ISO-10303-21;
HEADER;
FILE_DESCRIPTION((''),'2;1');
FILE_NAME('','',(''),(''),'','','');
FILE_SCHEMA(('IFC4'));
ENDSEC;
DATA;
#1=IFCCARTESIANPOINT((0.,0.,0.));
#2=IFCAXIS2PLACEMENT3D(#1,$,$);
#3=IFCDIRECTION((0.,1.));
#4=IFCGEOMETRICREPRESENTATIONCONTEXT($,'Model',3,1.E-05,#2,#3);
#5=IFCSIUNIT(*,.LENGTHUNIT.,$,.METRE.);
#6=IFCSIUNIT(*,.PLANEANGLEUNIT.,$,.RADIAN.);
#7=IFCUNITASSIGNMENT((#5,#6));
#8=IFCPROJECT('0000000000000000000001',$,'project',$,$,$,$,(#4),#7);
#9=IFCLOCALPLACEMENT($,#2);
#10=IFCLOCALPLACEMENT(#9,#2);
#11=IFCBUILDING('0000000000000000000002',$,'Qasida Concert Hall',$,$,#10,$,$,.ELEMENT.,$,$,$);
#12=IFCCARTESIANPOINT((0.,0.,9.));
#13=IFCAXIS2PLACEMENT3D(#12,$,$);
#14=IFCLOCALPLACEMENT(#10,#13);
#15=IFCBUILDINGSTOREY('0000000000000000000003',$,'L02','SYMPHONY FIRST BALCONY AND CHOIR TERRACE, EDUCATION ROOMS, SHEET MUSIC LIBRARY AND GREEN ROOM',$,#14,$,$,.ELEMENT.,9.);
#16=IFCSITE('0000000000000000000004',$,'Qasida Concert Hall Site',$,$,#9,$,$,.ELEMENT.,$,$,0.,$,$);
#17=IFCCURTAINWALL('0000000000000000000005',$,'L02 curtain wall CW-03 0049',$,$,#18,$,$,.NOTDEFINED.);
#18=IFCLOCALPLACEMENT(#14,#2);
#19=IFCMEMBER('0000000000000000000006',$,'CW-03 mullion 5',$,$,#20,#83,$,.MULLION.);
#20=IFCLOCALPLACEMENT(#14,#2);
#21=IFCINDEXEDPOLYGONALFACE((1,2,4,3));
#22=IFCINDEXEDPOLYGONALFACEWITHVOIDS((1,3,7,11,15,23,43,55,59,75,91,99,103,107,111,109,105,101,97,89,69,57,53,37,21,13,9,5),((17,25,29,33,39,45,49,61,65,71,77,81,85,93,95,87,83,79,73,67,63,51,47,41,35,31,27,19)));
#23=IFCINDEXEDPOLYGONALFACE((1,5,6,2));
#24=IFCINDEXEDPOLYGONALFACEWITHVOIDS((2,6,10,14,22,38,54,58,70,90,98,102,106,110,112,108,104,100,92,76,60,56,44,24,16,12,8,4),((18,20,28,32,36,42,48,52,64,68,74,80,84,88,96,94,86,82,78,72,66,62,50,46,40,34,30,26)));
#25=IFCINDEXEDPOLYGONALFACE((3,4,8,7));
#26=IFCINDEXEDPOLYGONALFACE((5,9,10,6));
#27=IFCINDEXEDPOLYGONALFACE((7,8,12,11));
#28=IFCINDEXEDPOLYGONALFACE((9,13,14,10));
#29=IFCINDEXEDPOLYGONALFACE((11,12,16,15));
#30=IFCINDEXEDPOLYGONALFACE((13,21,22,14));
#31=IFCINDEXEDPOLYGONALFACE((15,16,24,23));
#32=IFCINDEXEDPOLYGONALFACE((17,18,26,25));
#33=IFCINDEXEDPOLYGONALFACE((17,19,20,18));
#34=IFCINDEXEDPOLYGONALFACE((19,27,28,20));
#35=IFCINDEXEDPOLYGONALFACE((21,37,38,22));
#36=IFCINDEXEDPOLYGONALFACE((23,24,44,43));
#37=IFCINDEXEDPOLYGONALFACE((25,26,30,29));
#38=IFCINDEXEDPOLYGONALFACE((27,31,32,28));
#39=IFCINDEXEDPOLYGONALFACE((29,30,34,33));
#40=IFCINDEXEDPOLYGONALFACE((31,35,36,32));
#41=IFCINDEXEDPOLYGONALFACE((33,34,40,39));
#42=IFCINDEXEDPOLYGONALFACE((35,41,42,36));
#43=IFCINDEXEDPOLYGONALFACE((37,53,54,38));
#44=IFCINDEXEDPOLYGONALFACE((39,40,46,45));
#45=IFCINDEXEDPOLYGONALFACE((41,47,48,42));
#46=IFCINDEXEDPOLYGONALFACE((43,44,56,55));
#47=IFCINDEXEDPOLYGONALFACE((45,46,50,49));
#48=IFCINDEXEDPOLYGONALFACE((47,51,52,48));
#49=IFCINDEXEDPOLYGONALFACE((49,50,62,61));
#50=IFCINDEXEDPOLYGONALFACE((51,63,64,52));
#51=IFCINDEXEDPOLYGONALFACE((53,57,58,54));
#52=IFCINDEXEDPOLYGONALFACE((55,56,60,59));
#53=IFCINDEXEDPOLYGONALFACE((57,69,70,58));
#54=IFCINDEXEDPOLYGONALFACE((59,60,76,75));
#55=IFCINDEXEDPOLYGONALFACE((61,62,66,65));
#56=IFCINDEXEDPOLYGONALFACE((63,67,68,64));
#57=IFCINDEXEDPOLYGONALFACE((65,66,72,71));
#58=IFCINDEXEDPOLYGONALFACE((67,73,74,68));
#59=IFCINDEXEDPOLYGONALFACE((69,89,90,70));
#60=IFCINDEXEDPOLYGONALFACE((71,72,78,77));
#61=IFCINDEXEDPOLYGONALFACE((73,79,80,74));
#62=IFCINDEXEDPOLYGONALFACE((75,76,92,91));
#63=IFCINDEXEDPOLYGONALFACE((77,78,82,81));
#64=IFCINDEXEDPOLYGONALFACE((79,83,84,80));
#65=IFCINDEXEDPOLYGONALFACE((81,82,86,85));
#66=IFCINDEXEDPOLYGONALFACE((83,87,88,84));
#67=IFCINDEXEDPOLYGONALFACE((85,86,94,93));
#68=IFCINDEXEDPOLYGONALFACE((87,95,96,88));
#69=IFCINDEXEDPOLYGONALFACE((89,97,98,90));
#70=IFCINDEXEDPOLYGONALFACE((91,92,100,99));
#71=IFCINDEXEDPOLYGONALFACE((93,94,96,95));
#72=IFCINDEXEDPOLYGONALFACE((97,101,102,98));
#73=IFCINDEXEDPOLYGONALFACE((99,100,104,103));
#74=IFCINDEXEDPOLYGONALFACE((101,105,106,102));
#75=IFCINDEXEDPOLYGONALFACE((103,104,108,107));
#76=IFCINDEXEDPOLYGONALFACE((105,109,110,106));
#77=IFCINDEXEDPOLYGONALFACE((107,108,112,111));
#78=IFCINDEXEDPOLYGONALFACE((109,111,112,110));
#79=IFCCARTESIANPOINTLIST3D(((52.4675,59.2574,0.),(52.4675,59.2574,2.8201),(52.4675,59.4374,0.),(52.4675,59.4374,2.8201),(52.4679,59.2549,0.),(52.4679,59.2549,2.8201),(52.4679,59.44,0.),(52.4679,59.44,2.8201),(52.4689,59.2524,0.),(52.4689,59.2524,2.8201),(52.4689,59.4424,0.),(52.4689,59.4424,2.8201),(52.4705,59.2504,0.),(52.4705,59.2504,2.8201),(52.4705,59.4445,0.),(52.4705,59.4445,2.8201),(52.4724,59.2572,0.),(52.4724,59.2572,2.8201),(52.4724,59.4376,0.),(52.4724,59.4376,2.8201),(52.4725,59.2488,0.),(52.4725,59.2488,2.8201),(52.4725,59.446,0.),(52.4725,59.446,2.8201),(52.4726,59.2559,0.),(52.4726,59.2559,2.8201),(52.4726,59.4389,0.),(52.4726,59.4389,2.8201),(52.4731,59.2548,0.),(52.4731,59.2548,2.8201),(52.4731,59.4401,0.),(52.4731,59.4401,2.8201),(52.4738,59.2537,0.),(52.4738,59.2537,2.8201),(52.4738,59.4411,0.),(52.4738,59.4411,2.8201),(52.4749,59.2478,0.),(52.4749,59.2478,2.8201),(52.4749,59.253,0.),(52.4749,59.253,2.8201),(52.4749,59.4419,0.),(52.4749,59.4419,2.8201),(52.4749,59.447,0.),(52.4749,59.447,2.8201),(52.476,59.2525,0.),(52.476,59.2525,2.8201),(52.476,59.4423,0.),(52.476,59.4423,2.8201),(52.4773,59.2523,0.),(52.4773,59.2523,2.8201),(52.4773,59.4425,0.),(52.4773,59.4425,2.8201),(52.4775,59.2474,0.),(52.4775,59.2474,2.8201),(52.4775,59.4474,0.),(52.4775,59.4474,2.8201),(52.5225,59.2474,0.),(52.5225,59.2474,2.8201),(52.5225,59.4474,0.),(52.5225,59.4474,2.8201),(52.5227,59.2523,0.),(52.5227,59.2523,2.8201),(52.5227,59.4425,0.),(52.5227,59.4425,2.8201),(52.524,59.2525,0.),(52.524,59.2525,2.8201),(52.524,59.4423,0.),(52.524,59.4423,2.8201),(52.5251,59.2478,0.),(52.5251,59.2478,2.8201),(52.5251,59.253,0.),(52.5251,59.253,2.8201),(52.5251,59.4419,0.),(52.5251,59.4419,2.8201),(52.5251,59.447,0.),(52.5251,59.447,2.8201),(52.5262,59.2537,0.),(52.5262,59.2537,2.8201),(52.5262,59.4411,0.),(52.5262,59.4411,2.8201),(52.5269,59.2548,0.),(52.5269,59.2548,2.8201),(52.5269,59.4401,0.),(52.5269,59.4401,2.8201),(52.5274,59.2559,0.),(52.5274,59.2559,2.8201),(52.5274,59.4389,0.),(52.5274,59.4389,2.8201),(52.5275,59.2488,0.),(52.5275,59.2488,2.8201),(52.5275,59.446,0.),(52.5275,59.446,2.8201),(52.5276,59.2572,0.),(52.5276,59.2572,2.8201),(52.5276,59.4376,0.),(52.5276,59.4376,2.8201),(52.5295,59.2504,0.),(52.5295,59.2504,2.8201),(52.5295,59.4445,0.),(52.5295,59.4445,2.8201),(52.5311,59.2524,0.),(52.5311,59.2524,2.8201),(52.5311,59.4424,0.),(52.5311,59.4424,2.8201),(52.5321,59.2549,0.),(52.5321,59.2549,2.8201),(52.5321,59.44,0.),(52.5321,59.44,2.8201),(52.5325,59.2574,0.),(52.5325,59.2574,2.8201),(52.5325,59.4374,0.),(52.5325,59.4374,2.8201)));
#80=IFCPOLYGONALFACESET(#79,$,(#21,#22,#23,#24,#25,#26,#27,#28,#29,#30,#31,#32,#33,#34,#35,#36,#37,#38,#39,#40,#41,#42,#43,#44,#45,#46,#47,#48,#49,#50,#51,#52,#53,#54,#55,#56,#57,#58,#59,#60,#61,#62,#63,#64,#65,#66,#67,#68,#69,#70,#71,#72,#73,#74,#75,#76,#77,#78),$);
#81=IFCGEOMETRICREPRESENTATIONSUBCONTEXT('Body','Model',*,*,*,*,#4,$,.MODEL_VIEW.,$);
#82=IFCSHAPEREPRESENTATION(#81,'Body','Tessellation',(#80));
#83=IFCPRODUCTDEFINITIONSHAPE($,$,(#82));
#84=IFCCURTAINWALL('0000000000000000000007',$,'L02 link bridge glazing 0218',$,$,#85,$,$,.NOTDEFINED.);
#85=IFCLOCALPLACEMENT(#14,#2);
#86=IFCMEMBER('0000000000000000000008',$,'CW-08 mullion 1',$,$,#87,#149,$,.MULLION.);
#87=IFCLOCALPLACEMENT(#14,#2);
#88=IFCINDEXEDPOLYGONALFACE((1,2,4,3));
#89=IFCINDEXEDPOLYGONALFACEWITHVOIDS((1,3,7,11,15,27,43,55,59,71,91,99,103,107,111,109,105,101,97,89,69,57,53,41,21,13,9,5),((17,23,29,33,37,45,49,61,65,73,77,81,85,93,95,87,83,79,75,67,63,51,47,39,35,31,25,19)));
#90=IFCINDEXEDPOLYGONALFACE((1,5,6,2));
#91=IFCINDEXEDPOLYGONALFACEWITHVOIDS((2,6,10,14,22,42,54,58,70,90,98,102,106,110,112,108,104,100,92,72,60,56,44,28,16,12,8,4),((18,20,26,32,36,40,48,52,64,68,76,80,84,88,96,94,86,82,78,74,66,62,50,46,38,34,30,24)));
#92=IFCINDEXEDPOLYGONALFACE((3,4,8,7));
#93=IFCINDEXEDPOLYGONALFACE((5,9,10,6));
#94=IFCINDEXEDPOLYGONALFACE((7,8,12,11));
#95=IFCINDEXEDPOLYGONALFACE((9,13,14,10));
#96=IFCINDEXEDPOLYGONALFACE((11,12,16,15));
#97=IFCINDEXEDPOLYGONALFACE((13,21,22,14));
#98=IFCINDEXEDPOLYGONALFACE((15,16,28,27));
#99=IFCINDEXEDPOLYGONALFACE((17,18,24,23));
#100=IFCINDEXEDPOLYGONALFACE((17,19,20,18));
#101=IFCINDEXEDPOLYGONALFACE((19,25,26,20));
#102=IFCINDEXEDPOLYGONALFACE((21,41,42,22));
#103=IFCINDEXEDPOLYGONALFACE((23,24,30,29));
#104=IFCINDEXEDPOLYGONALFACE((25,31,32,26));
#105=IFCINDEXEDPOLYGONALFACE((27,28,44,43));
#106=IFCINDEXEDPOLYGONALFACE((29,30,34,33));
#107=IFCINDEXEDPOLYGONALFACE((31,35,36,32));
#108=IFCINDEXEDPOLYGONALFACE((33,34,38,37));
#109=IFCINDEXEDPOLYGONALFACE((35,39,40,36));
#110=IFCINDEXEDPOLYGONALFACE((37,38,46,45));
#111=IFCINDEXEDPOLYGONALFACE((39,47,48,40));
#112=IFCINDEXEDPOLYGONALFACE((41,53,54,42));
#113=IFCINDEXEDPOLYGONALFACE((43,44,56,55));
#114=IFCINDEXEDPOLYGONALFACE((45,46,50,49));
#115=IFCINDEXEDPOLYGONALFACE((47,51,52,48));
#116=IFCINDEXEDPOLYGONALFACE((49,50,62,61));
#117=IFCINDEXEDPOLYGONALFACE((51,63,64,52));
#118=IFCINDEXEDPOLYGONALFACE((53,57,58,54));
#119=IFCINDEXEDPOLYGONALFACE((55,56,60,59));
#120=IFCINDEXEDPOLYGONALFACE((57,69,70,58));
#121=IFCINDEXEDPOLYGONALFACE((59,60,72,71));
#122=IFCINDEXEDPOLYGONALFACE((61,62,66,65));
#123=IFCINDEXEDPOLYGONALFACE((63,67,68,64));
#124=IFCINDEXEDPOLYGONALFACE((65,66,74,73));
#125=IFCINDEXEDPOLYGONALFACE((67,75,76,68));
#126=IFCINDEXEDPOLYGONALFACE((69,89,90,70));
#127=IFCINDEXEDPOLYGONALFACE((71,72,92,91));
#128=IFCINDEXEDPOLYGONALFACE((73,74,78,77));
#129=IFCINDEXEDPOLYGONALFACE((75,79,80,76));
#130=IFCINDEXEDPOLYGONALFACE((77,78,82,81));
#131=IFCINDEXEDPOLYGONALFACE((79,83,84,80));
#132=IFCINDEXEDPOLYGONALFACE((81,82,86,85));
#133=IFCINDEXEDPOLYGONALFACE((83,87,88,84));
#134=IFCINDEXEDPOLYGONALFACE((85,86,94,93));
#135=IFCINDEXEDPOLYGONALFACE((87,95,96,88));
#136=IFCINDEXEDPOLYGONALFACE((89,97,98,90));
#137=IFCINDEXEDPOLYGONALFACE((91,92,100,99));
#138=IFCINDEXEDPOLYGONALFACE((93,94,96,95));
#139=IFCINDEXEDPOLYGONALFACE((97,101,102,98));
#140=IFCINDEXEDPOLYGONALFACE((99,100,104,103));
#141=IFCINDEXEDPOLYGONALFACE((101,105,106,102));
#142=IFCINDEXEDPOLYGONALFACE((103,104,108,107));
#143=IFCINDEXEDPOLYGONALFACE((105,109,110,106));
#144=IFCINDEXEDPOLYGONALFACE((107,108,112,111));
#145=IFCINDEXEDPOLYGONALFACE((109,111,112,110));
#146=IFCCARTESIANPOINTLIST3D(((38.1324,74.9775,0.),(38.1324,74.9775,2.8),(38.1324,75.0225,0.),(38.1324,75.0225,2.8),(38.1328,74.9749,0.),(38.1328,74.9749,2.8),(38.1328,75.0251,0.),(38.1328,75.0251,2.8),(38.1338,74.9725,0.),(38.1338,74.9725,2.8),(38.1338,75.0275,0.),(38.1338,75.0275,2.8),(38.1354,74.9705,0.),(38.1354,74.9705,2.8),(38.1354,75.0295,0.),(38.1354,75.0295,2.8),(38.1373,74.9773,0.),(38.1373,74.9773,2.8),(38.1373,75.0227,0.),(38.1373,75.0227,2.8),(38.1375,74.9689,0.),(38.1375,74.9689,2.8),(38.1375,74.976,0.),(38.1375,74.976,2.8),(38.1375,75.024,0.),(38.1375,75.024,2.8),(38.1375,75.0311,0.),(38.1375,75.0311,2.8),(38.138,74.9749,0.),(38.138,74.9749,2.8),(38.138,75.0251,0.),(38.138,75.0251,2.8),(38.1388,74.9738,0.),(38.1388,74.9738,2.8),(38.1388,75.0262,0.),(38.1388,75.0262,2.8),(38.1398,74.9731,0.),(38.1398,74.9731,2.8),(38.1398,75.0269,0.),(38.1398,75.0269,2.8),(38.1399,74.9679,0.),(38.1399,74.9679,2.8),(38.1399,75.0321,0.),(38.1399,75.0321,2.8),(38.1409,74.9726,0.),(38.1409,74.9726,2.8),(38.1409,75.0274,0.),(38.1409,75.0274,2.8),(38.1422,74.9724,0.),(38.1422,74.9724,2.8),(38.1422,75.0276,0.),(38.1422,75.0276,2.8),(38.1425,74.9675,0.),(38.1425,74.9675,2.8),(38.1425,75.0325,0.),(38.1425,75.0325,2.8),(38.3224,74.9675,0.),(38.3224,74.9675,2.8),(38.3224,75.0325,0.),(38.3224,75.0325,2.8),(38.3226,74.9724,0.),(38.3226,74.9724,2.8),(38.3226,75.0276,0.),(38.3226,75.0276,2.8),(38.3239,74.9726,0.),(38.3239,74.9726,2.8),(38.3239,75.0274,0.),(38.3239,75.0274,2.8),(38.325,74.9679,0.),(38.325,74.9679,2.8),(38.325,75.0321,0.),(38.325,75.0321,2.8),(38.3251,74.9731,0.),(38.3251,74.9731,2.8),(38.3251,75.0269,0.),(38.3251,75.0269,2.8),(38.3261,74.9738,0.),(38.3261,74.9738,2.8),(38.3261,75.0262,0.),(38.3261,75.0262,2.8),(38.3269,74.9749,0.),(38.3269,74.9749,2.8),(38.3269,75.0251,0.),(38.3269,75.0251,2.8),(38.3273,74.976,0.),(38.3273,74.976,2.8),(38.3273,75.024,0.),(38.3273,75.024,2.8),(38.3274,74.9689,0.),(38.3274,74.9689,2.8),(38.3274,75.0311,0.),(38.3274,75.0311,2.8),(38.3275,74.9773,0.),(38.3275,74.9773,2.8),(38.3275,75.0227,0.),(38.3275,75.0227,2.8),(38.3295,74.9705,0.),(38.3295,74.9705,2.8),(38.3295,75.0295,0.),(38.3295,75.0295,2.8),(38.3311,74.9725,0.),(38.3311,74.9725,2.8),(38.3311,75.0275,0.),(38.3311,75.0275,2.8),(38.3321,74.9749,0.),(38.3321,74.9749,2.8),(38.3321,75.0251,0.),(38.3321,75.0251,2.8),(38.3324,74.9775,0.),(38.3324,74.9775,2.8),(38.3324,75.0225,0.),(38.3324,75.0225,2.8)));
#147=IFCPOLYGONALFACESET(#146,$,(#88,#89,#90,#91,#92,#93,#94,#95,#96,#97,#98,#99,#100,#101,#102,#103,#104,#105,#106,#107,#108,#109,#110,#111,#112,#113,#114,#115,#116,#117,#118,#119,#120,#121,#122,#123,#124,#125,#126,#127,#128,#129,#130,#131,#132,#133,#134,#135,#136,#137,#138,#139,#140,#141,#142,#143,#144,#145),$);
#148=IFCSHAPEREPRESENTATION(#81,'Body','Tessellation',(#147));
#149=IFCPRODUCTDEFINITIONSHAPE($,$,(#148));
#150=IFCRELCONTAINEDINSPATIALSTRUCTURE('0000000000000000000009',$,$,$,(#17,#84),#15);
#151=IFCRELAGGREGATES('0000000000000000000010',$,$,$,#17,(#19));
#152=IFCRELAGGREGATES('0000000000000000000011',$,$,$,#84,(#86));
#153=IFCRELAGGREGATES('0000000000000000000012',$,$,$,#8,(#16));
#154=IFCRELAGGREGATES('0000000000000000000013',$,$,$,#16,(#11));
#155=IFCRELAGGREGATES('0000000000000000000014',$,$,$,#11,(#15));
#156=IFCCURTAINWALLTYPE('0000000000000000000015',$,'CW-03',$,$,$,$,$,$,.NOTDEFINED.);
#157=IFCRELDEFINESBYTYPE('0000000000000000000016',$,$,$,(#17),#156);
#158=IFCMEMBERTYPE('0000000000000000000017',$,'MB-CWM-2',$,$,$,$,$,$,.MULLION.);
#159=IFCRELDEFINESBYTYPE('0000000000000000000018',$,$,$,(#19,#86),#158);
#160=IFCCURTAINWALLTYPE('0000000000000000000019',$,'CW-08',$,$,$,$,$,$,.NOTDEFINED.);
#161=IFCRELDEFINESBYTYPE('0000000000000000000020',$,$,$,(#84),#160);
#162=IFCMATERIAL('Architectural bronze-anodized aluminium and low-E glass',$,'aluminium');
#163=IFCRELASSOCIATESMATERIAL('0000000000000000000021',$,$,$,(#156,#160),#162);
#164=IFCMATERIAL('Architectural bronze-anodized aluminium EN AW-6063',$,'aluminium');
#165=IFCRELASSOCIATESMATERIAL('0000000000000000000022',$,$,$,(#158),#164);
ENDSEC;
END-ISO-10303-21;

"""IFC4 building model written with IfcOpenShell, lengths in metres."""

from ifc_helpers import new_model, si_unit, direction, frame, origin, origin_2d, place, context, subcontext, project, spatial, hollow_rectangle, extrude, material, material_profile, profile_set, type_object, element, aggregate, save


model = new_model("IFC4")

# Units and contexts
model_context = context("Model", 3, precision=1e-05, world=origin(), true_north=direction((0.0, 1.0)))
body_context = subcontext(model_context, "Body", "Model", "MODEL_VIEW")
ifc_project = project(units=[si_unit("LENGTHUNIT", "METRE"), si_unit("PLANEANGLEUNIT", "RADIAN")], contexts=[model_context])

# Site, building, storey
site_placement = place(None, origin())
site = spatial("IfcSite", under=ifc_project, at=site_placement, Name="Qasida Concert Hall Site", CompositionType="ELEMENT", RefElevation=0.0)
building_placement = place(site_placement, origin())
building = spatial("IfcBuilding", under=site, at=building_placement, Name="Qasida Concert Hall", CompositionType="ELEMENT")
storey_placement = place(building_placement, frame((0.0, 0.0, 9.0)))
storey = spatial("IfcBuildingStorey", under=building, at=storey_placement, Name="L02", Description="SYMPHONY FIRST BALCONY AND CHOIR TERRACE, EDUCATION ROOMS, SHEET MUSIC LIBRARY AND GREEN ROOM", CompositionType="ELEMENT", Elevation=9.0)

# Curtain wall, member
ifc_material_1 = material(Name="Architectural bronze-anodized aluminium and low-E glass", Category="aluminium")
curtain_wall_type_1 = type_object("IfcCurtainWallType", Name="CW-03", PredefinedType="NOTDEFINED", material=ifc_material_1)
curtain_wall_1_placement = place(storey_placement, origin())
curtain_wall_1 = element("IfcCurtainWall", 1, at=curtain_wall_1_placement, inside=storey, type_object=curtain_wall_type_1, Name="L02 curtain wall CW-03 0049", PredefinedType="NOTDEFINED")
ifc_material_2 = material(Name="Architectural bronze-anodized aluminium EN AW-6063", Category="aluminium")
ifc_material_profile_1 = material_profile(ifc_material_2, hollow_rectangle(XDim=0.0649, YDim=0.2, WallThickness=0.0049, InnerFilletRadius=0.0049, OuterFilletRadius=0.01, at=origin_2d()), Name="CWM 200x65x5")
ifc_profile_set_1 = profile_set([ifc_material_profile_1], Name="Architectural bronze-anodized aluminium EN AW-6063")
member_type_1 = type_object("IfcMemberType", Name="MB-CWM-2", PredefinedType="MULLION", material=ifc_profile_set_1)
member_1_placement = place(storey_placement, frame((52.5, 59.3474, 0.0), z_axis=(0.0, 0.0, 1.0), x_axis=(-1.0, 0.0, 0.0)))
member_1 = element("IfcMember", 2, at=member_1_placement, type_object=member_type_1, Name="CW-03 mullion 5", PredefinedType="MULLION", context=body_context, shape_type="SweptSolid", body=[
    extrude(hollow_rectangle(XDim=0.0649, YDim=0.2, WallThickness=0.0049, InnerFilletRadius=0.0049, OuterFilletRadius=0.01, at=origin_2d()), origin(), (0.0, 0.0, 1.0), 2.8201),
])

# Curtain wall, member
curtain_wall_type_2 = type_object("IfcCurtainWallType", Name="CW-08", PredefinedType="NOTDEFINED", material=ifc_material_1)
curtain_wall_2_placement = place(storey_placement, origin())
curtain_wall_2 = element("IfcCurtainWall", 3, at=curtain_wall_2_placement, inside=storey, type_object=curtain_wall_type_2, Name="L02 link bridge glazing 0218", PredefinedType="NOTDEFINED")
member_2_placement = place(storey_placement, frame((38.2324, 75.0, 0.0), z_axis=(0.0, 0.0, 1.0), x_axis=(0.0, 1.0, 0.0)))
member_2 = element("IfcMember", 4, at=member_2_placement, type_object=member_type_1, Name="CW-08 mullion 1", PredefinedType="MULLION", context=body_context, shape_type="SweptSolid", body=[
    extrude(hollow_rectangle(XDim=0.0649, YDim=0.2, WallThickness=0.0049, InnerFilletRadius=0.0049, OuterFilletRadius=0.01, at=origin_2d()), origin(), (0.0, 0.0, 1.0), 2.8),
])

aggregate(curtain_wall_1, [member_1])
aggregate(curtain_wall_2, [member_2])

save(model, "model.ifc")
